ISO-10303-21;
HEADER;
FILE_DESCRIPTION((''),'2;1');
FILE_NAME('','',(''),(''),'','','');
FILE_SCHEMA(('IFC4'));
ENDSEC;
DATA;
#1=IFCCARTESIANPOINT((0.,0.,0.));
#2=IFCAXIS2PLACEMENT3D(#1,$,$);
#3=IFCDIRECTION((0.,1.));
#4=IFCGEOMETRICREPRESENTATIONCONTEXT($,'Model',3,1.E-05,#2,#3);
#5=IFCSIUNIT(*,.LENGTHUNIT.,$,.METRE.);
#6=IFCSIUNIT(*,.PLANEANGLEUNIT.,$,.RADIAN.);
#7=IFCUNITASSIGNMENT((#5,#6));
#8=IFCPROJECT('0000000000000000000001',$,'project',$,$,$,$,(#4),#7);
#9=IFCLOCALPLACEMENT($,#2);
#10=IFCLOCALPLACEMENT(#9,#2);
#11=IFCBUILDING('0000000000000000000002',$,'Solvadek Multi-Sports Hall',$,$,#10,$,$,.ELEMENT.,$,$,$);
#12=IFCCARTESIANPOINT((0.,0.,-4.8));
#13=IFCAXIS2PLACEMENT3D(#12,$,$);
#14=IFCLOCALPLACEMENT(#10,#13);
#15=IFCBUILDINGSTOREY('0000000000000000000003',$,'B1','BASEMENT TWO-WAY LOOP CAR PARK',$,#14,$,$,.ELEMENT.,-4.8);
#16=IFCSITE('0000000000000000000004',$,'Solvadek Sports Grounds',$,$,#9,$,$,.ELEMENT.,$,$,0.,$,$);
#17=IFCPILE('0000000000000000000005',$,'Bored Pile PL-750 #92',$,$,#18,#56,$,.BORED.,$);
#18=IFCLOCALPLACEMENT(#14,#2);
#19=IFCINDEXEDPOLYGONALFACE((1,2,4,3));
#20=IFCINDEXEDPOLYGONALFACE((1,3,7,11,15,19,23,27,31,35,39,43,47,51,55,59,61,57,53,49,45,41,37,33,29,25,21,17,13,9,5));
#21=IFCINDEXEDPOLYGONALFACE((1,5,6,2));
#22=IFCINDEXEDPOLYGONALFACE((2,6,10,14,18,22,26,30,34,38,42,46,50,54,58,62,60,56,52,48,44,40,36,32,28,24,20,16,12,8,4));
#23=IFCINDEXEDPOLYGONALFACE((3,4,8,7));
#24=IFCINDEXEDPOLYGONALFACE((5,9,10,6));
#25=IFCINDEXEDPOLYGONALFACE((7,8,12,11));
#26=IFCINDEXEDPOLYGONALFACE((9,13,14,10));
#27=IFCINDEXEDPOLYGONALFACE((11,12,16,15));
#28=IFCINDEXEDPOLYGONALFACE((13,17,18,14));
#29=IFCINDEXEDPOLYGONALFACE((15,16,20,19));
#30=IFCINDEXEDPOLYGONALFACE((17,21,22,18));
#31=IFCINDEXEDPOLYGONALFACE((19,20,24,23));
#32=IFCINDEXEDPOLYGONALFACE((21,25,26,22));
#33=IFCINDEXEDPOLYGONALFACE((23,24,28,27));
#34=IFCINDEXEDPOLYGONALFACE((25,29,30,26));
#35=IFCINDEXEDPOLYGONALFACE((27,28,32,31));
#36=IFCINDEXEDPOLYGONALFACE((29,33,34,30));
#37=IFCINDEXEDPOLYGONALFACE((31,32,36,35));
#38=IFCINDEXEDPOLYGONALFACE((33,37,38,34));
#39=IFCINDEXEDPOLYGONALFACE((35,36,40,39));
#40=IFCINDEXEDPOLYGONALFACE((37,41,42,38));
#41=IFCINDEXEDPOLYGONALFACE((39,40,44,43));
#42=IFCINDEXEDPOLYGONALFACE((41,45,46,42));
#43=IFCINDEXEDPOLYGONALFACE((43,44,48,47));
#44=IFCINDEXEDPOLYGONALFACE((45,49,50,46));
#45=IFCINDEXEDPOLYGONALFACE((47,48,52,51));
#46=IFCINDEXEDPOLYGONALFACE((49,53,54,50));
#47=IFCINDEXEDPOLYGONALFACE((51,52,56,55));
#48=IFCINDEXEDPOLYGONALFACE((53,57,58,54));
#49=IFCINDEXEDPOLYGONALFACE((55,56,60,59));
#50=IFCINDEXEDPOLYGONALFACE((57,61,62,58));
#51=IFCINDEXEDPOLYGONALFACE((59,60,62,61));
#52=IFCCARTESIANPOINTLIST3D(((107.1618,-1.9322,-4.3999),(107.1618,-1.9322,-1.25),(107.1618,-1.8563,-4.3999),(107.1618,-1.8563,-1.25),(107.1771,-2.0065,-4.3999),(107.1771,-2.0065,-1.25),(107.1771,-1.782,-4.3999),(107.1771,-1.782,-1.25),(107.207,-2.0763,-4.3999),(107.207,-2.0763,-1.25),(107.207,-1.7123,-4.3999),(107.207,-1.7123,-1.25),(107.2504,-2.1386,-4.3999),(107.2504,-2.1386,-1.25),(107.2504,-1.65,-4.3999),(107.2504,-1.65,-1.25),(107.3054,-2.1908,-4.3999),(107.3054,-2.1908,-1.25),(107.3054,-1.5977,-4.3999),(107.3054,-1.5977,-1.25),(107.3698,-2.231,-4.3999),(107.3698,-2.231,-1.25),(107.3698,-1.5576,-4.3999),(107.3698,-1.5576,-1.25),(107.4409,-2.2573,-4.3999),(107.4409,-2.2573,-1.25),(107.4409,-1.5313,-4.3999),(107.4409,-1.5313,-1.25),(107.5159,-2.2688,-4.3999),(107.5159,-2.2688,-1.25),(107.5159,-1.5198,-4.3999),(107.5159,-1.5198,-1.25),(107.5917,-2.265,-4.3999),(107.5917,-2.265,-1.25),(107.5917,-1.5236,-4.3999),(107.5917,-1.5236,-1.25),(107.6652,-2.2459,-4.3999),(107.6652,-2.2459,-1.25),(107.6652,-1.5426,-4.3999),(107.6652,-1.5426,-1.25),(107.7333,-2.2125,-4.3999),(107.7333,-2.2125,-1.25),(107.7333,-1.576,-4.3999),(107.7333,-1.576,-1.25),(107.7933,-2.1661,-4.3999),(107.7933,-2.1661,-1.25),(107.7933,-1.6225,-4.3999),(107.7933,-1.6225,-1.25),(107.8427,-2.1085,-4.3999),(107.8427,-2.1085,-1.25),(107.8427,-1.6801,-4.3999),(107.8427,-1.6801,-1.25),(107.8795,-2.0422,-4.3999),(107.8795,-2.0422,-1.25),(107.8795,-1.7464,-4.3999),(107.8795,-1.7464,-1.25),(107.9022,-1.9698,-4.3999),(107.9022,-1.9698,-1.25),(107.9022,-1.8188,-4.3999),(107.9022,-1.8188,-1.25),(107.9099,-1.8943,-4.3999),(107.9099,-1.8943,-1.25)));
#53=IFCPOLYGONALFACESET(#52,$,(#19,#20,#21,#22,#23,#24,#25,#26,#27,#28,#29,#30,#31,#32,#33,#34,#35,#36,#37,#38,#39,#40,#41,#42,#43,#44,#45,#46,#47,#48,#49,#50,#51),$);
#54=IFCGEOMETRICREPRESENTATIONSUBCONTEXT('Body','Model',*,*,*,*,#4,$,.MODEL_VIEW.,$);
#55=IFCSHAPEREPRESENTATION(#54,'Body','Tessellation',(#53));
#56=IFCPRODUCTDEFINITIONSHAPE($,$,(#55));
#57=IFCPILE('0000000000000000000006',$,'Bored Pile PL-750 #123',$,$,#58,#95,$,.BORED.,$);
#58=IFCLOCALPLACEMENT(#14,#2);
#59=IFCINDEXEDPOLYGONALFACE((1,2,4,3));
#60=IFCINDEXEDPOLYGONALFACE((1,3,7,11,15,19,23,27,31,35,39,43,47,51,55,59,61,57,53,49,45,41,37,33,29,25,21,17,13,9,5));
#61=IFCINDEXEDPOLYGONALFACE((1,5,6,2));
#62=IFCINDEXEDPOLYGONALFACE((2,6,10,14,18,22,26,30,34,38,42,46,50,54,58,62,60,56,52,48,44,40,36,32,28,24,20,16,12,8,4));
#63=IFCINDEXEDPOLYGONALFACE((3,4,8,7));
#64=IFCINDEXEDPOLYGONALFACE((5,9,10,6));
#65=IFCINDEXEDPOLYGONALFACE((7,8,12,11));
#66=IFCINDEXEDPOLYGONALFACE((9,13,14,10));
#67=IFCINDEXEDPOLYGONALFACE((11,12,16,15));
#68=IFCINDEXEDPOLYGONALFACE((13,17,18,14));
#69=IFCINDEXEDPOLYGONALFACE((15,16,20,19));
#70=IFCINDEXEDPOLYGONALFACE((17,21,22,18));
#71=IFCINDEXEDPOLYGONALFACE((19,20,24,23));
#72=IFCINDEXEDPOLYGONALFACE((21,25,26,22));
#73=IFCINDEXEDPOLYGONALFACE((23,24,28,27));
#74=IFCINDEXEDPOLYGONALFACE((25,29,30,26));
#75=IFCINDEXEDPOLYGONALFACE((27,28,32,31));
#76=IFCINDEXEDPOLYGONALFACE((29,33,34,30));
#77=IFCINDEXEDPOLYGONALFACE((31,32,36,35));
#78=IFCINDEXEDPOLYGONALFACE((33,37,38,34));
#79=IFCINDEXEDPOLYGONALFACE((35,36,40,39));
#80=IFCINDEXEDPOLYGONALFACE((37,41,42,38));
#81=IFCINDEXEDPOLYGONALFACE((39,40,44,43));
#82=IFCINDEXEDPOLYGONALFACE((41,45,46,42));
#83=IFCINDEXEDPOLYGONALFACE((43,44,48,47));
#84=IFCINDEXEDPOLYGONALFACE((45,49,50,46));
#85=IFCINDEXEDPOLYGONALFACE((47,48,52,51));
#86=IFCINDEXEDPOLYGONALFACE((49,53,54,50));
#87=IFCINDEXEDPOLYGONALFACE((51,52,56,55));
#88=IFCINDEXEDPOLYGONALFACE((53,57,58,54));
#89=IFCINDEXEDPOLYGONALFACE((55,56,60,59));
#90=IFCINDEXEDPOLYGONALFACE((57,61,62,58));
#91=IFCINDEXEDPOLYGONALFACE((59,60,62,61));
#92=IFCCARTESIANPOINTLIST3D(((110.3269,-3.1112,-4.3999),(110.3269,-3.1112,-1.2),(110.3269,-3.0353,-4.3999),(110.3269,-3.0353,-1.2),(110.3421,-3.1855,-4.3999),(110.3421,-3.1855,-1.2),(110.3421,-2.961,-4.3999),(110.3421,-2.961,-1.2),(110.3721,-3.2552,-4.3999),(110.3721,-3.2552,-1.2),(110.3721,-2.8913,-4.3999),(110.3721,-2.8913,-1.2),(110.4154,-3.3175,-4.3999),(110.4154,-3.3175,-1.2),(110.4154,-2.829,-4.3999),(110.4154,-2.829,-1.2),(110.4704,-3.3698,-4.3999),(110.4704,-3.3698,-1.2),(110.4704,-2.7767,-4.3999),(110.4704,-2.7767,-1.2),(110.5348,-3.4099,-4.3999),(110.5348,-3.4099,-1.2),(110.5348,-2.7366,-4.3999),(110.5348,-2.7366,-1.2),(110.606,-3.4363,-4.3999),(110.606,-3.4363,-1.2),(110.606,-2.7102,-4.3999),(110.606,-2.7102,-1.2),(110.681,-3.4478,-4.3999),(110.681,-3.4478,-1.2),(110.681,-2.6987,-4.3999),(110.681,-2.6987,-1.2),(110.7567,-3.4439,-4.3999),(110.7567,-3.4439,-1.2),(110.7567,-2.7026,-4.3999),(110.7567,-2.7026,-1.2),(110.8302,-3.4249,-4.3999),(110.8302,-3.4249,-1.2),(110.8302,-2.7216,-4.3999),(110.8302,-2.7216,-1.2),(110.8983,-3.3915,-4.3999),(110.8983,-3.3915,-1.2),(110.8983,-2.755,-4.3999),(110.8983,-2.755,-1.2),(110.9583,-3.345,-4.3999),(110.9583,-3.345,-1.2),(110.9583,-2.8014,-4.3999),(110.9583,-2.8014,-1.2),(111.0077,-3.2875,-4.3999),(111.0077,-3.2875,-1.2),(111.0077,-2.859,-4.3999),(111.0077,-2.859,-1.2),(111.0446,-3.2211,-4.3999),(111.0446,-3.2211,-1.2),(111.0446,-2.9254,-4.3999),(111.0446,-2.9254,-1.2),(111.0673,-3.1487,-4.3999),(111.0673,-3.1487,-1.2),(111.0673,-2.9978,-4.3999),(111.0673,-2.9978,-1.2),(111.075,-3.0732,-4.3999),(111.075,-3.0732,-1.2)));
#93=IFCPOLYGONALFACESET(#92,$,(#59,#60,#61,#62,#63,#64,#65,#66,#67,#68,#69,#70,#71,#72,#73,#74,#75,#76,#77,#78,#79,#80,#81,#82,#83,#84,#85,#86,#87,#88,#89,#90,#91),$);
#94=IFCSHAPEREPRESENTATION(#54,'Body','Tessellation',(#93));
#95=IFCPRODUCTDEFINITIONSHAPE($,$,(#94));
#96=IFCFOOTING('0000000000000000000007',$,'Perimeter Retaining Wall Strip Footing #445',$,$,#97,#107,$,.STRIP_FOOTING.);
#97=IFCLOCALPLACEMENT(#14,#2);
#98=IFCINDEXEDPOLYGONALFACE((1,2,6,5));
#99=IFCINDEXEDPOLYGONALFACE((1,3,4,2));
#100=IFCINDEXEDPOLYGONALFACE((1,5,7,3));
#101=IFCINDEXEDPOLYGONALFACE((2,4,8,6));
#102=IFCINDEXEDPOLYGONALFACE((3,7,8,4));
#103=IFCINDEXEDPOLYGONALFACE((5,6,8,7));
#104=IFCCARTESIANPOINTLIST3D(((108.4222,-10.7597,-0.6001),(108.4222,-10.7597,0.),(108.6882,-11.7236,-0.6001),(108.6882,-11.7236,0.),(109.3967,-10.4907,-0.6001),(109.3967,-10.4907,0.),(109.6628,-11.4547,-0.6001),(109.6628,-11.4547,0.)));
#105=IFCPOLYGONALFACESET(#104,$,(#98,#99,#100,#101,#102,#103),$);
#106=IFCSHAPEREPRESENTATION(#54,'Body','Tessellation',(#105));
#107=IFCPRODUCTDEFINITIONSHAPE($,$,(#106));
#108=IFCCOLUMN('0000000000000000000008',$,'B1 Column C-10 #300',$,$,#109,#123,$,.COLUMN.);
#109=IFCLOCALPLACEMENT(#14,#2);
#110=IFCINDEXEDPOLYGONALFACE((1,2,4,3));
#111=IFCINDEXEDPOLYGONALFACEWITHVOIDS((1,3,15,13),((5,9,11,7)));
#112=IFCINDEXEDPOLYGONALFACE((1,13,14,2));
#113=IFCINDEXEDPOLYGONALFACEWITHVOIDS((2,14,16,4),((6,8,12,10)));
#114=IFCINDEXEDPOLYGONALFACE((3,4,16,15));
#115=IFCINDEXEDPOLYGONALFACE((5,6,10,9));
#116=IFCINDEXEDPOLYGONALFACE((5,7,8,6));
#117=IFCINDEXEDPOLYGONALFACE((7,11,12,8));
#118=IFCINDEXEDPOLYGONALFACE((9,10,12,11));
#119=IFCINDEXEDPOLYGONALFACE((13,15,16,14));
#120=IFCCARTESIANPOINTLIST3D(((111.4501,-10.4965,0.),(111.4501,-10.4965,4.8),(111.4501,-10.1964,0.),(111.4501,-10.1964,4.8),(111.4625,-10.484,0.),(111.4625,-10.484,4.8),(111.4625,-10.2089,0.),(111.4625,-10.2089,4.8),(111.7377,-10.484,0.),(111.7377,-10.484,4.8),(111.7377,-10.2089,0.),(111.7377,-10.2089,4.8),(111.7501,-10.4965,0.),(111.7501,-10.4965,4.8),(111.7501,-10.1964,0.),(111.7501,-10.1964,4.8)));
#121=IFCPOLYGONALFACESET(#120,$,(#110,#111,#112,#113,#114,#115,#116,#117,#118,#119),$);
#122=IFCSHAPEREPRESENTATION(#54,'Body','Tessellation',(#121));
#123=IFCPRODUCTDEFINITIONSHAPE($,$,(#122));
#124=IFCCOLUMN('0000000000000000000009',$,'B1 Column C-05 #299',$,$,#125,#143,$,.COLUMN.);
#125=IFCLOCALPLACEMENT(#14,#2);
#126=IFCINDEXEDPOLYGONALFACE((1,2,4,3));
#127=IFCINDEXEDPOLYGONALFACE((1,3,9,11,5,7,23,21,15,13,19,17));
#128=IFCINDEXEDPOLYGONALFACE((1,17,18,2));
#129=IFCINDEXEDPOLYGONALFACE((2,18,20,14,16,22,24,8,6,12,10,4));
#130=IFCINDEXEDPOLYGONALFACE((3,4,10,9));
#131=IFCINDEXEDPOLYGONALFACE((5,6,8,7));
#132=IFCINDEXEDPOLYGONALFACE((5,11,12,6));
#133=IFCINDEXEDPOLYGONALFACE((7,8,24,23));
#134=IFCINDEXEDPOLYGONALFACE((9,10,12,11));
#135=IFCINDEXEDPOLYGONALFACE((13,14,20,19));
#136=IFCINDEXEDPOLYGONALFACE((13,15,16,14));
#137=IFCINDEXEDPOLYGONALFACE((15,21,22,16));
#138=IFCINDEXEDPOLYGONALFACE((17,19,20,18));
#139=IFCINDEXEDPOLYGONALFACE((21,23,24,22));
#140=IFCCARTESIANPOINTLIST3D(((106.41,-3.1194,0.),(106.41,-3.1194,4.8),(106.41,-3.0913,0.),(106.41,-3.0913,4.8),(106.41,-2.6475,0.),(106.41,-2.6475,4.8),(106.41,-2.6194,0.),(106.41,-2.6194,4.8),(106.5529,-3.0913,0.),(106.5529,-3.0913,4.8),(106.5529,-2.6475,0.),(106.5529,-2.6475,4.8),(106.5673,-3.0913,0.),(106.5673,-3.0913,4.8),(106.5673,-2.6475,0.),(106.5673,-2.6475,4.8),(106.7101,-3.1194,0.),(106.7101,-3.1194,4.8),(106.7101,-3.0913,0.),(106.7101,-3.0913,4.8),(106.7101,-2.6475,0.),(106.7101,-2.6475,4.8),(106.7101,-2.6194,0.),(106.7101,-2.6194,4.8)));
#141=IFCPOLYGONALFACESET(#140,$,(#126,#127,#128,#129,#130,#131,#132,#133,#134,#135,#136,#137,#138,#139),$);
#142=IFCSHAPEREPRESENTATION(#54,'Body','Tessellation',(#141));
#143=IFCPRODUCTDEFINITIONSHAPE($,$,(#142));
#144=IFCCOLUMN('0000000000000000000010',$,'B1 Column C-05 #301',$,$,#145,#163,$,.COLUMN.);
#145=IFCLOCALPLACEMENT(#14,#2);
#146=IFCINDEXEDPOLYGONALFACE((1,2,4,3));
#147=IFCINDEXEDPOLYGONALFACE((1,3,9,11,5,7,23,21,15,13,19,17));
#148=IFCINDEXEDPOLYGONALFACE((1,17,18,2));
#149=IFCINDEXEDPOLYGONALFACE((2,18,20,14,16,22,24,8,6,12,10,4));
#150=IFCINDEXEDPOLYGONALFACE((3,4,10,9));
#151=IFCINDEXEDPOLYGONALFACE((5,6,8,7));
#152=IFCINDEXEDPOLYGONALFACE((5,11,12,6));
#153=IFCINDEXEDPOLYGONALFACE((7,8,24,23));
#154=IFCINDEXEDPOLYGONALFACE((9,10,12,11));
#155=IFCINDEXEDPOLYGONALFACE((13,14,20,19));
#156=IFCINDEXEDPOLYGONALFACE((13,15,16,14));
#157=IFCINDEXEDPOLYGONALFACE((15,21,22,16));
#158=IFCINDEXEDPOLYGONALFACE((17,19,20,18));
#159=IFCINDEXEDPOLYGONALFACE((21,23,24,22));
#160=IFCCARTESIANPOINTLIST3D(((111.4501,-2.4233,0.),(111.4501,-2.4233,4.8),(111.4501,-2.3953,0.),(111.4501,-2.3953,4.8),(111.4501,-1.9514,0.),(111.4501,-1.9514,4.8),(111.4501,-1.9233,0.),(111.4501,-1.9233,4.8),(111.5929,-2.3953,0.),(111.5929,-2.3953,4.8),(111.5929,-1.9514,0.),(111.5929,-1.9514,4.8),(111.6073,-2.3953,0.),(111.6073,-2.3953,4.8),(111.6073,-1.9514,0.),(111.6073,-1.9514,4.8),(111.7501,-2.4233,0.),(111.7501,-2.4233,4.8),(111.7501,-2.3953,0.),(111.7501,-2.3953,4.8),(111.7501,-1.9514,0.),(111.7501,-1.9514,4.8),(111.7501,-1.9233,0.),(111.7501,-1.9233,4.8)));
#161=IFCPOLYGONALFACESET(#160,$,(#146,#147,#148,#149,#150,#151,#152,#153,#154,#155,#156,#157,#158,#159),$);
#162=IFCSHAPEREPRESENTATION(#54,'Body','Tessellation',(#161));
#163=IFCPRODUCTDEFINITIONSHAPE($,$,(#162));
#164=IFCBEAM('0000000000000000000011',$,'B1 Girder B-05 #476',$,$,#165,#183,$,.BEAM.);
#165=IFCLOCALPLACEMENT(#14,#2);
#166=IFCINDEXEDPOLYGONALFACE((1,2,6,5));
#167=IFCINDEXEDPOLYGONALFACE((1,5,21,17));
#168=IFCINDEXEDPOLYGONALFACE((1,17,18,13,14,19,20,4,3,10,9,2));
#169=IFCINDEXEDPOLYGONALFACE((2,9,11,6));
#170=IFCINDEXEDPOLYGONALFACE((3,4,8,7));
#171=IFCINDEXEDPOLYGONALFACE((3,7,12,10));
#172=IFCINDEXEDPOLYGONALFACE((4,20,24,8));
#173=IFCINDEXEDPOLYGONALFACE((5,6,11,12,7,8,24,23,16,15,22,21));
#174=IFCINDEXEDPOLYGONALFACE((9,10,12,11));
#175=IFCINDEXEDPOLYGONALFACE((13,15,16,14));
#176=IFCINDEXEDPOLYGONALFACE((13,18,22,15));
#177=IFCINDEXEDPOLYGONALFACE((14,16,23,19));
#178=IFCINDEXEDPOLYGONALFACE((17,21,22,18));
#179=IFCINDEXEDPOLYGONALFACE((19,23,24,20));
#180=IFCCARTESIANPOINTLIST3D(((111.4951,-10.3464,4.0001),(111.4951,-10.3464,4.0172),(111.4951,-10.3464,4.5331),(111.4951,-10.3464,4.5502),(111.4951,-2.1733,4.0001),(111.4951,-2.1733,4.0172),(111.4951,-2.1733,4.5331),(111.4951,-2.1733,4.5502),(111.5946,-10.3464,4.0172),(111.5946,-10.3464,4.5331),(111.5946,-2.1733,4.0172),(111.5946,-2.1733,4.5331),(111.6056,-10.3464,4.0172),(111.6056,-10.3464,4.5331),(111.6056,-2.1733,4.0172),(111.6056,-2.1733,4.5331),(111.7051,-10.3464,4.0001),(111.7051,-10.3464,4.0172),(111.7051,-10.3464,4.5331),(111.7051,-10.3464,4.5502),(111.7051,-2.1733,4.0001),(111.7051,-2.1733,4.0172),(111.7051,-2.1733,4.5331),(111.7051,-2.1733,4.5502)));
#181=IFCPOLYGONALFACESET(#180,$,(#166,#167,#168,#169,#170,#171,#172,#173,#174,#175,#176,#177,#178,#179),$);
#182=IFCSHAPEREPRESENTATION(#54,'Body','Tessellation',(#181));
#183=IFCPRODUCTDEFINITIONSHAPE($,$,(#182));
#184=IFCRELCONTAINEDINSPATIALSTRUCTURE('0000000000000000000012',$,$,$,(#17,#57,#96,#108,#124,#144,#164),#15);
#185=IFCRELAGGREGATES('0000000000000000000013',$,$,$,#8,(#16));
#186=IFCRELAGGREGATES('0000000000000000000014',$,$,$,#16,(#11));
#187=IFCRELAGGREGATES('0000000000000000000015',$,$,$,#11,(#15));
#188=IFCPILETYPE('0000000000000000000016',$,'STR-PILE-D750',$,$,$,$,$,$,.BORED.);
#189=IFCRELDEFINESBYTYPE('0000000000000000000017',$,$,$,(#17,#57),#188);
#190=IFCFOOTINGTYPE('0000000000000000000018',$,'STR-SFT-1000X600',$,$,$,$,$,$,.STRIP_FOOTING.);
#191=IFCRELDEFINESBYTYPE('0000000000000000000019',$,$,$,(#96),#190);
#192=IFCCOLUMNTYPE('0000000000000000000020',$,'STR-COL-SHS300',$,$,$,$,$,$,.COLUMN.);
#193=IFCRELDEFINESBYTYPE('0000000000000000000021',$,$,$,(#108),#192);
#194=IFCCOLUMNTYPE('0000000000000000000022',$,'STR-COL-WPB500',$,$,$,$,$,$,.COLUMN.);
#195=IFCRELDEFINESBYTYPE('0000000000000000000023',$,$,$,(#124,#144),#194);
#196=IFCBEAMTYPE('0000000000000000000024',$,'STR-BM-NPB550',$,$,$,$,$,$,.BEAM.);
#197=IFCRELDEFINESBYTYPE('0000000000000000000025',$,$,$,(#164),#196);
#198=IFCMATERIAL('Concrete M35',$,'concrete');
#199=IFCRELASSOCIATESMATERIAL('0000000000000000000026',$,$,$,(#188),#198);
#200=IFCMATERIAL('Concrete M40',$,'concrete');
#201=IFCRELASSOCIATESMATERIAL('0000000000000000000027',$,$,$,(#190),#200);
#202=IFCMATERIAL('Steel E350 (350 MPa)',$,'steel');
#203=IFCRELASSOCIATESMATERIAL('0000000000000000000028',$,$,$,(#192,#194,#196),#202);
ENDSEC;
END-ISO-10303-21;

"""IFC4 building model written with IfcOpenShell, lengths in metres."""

from ifc_helpers import new_model, si_unit, direction, frame, origin, origin_2d, place, context, subcontext, project, spatial, rectangle, hollow_rectangle, circle, i_section, extrude, material, material_profile, profile_set, type_object, element, save


model = new_model("IFC4")

# Units and contexts
model_context = context("Model", 3, precision=1e-05, world=origin(), true_north=direction((0.0, 1.0)))
body_context = subcontext(model_context, "Body", "Model", "MODEL_VIEW")
ifc_project = project(units=[si_unit("LENGTHUNIT", "METRE"), si_unit("PLANEANGLEUNIT", "RADIAN")], contexts=[model_context])

# Site, building, storey
site_placement = place(None, origin())
site = spatial("IfcSite", under=ifc_project, at=site_placement, Name="Solvadek Sports Grounds", CompositionType="ELEMENT", RefElevation=0.0)
building_placement = place(site_placement, origin())
building = spatial("IfcBuilding", under=site, at=building_placement, Name="Solvadek Multi-Sports Hall", CompositionType="ELEMENT")
storey_placement = place(building_placement, frame((0.0, 0.0, -4.8)))
storey = spatial("IfcBuildingStorey", under=building, at=storey_placement, Name="B1", Description="BASEMENT TWO-WAY LOOP CAR PARK", CompositionType="ELEMENT", Elevation=-4.8)

# Shared definitions
ifc_material_1 = material(Name="Concrete M40", Category="concrete")

# Piles
ifc_material_2 = material(Name="Concrete M35", Category="concrete")
ifc_material_profile_1 = material_profile(ifc_material_2, circle(Radius=0.375, at=origin_2d()), Name="BORED PILE D750")
ifc_profile_set_1 = profile_set([ifc_material_profile_1], Name="Concrete M35")
pile_type_1 = type_object("IfcPileType", Name="STR-PILE-D750", PredefinedType="BORED", material=ifc_profile_set_1)
for number, where, z_axis, x_axis, name in (
    (1, (107.5349, -1.8943, -1.25), (0.0, 0.0, -1.0), (1.0, 0.0, 0.0), "Bored Pile PL-750 #92"),
):
    element("IfcPile", number, at=place(storey_placement, frame(where, z_axis=z_axis, x_axis=x_axis)), inside=storey, type_object=pile_type_1, Name=name, PredefinedType="BORED", context=body_context, shape_type="SweptSolid", body=[
        extrude(circle(Radius=0.375, at=origin_2d()), origin(), (0.0, 0.0, 1.0), 3.1499),
    ])
pile_placement = place(storey_placement, frame((110.7, -3.0732, -1.2), z_axis=(0.0, 0.0, -1.0), x_axis=(1.0, 0.0, 0.0)))
element("IfcPile", 2, at=pile_placement, inside=storey, type_object=pile_type_1, Name="Bored Pile PL-750 #123", PredefinedType="BORED", context=body_context, shape_type="SweptSolid", body=[
    extrude(circle(Radius=0.375, at=origin_2d()), origin(), (0.0, 0.0, 1.0), 3.2),
])

# Footing
footing_type_1 = type_object("IfcFootingType", Name="STR-SFT-1000X600", PredefinedType="STRIP_FOOTING", material=ifc_material_1)
footing_1_placement = place(storey_placement, frame((109.0425, -11.1072, -0.6001), z_axis=(0.0, 0.0, 1.0), x_axis=(0.963956, 0.266061, 0.0)))
element("IfcFooting", 3, at=footing_1_placement, inside=storey, type_object=footing_type_1, Name="Perimeter Retaining Wall Strip Footing #445", PredefinedType="STRIP_FOOTING", context=body_context, shape_type="SweptSolid", body=[
    extrude(rectangle(XDim=1.011, YDim=1.0, at=origin_2d()), origin(), (0.0, 0.0, 1.0), 0.6001),
])

# Columns
ifc_material_3 = material(Name="Steel E350 (350 MPa)", Category="steel")
ifc_material_profile_2 = material_profile(ifc_material_3, hollow_rectangle(XDim=0.3, YDim=0.3, WallThickness=0.0125, at=origin_2d()), Name="SHS 300x300x12.5")
ifc_profile_set_2 = profile_set([ifc_material_profile_2], Name="Steel E350 (350 MPa)")
column_type_1 = type_object("IfcColumnType", Name="STR-COL-SHS300", PredefinedType="COLUMN", material=ifc_profile_set_2)
column_placement = place(storey_placement, frame((111.6001, -10.3464, 0.0), z_axis=(0.0, 0.0, 1.0), x_axis=(1.0, 0.0, 0.0)))
element("IfcColumn", 4, at=column_placement, inside=storey, type_object=column_type_1, Name="B1 Column C-10 #300", PredefinedType="COLUMN", context=body_context, shape_type="SweptSolid", body=[
    extrude(hollow_rectangle(XDim=0.3, YDim=0.3, WallThickness=0.0125, at=origin_2d()), origin(), (0.0, 0.0, 1.0), 4.8),
])
ifc_material_profile_3 = material_profile(ifc_material_3, i_section(OverallWidth=0.3, OverallDepth=0.5, WebThickness=0.0144, FlangeThickness=0.0281, at=origin_2d()), Name="WPB 500")
ifc_profile_set_3 = profile_set([ifc_material_profile_3], Name="Steel E350 (350 MPa)")
column_type_2 = type_object("IfcColumnType", Name="STR-COL-WPB500", PredefinedType="COLUMN", material=ifc_profile_set_3)
for number, where, z_axis, x_axis, name in (
    (5, (106.5601, -2.8694, 0.0), (0.0, 0.0, 1.0), (1.0, 0.0, 0.0), "B1 Column C-05 #299"),
    (6, (111.6001, -2.1733, 0.0), (0.0, 0.0, 1.0), (1.0, 0.0, 0.0), "B1 Column C-05 #301"),
):
    element("IfcColumn", number, at=place(storey_placement, frame(where, z_axis=z_axis, x_axis=x_axis)), inside=storey, type_object=column_type_2, Name=name, PredefinedType="COLUMN", context=body_context, shape_type="SweptSolid", body=[
        extrude(i_section(OverallWidth=0.3, OverallDepth=0.5, WebThickness=0.0144, FlangeThickness=0.0281, at=origin_2d()), origin(), (0.0, 0.0, 1.0), 4.8),
    ])

# Beam
ifc_material_profile_4 = material_profile(ifc_material_3, i_section(OverallWidth=0.21, OverallDepth=0.55, WebThickness=0.011, FlangeThickness=0.0171, at=origin_2d()), Name="NPB 550")
ifc_profile_set_4 = profile_set([ifc_material_profile_4], Name="Steel E350 (350 MPa)")
beam_type_1 = type_object("IfcBeamType", Name="STR-BM-NPB550", PredefinedType="BEAM", material=ifc_profile_set_4)
beam_1_placement = place(storey_placement, frame((111.6001, -10.3464, 4.2751), z_axis=(0.0, 1.0, 0.0), x_axis=(-1.0, 0.0, 0.0)))
element("IfcBeam", 7, at=beam_1_placement, inside=storey, type_object=beam_type_1, Name="B1 Girder B-05 #476", PredefinedType="BEAM", context=body_context, shape_type="SweptSolid", body=[
    extrude(i_section(OverallWidth=0.21, OverallDepth=0.55, WebThickness=0.011, FlangeThickness=0.0171, at=origin_2d()), origin(), (0.0, 0.0, 1.0), 8.1731),
])

save(model, "model.ifc")
